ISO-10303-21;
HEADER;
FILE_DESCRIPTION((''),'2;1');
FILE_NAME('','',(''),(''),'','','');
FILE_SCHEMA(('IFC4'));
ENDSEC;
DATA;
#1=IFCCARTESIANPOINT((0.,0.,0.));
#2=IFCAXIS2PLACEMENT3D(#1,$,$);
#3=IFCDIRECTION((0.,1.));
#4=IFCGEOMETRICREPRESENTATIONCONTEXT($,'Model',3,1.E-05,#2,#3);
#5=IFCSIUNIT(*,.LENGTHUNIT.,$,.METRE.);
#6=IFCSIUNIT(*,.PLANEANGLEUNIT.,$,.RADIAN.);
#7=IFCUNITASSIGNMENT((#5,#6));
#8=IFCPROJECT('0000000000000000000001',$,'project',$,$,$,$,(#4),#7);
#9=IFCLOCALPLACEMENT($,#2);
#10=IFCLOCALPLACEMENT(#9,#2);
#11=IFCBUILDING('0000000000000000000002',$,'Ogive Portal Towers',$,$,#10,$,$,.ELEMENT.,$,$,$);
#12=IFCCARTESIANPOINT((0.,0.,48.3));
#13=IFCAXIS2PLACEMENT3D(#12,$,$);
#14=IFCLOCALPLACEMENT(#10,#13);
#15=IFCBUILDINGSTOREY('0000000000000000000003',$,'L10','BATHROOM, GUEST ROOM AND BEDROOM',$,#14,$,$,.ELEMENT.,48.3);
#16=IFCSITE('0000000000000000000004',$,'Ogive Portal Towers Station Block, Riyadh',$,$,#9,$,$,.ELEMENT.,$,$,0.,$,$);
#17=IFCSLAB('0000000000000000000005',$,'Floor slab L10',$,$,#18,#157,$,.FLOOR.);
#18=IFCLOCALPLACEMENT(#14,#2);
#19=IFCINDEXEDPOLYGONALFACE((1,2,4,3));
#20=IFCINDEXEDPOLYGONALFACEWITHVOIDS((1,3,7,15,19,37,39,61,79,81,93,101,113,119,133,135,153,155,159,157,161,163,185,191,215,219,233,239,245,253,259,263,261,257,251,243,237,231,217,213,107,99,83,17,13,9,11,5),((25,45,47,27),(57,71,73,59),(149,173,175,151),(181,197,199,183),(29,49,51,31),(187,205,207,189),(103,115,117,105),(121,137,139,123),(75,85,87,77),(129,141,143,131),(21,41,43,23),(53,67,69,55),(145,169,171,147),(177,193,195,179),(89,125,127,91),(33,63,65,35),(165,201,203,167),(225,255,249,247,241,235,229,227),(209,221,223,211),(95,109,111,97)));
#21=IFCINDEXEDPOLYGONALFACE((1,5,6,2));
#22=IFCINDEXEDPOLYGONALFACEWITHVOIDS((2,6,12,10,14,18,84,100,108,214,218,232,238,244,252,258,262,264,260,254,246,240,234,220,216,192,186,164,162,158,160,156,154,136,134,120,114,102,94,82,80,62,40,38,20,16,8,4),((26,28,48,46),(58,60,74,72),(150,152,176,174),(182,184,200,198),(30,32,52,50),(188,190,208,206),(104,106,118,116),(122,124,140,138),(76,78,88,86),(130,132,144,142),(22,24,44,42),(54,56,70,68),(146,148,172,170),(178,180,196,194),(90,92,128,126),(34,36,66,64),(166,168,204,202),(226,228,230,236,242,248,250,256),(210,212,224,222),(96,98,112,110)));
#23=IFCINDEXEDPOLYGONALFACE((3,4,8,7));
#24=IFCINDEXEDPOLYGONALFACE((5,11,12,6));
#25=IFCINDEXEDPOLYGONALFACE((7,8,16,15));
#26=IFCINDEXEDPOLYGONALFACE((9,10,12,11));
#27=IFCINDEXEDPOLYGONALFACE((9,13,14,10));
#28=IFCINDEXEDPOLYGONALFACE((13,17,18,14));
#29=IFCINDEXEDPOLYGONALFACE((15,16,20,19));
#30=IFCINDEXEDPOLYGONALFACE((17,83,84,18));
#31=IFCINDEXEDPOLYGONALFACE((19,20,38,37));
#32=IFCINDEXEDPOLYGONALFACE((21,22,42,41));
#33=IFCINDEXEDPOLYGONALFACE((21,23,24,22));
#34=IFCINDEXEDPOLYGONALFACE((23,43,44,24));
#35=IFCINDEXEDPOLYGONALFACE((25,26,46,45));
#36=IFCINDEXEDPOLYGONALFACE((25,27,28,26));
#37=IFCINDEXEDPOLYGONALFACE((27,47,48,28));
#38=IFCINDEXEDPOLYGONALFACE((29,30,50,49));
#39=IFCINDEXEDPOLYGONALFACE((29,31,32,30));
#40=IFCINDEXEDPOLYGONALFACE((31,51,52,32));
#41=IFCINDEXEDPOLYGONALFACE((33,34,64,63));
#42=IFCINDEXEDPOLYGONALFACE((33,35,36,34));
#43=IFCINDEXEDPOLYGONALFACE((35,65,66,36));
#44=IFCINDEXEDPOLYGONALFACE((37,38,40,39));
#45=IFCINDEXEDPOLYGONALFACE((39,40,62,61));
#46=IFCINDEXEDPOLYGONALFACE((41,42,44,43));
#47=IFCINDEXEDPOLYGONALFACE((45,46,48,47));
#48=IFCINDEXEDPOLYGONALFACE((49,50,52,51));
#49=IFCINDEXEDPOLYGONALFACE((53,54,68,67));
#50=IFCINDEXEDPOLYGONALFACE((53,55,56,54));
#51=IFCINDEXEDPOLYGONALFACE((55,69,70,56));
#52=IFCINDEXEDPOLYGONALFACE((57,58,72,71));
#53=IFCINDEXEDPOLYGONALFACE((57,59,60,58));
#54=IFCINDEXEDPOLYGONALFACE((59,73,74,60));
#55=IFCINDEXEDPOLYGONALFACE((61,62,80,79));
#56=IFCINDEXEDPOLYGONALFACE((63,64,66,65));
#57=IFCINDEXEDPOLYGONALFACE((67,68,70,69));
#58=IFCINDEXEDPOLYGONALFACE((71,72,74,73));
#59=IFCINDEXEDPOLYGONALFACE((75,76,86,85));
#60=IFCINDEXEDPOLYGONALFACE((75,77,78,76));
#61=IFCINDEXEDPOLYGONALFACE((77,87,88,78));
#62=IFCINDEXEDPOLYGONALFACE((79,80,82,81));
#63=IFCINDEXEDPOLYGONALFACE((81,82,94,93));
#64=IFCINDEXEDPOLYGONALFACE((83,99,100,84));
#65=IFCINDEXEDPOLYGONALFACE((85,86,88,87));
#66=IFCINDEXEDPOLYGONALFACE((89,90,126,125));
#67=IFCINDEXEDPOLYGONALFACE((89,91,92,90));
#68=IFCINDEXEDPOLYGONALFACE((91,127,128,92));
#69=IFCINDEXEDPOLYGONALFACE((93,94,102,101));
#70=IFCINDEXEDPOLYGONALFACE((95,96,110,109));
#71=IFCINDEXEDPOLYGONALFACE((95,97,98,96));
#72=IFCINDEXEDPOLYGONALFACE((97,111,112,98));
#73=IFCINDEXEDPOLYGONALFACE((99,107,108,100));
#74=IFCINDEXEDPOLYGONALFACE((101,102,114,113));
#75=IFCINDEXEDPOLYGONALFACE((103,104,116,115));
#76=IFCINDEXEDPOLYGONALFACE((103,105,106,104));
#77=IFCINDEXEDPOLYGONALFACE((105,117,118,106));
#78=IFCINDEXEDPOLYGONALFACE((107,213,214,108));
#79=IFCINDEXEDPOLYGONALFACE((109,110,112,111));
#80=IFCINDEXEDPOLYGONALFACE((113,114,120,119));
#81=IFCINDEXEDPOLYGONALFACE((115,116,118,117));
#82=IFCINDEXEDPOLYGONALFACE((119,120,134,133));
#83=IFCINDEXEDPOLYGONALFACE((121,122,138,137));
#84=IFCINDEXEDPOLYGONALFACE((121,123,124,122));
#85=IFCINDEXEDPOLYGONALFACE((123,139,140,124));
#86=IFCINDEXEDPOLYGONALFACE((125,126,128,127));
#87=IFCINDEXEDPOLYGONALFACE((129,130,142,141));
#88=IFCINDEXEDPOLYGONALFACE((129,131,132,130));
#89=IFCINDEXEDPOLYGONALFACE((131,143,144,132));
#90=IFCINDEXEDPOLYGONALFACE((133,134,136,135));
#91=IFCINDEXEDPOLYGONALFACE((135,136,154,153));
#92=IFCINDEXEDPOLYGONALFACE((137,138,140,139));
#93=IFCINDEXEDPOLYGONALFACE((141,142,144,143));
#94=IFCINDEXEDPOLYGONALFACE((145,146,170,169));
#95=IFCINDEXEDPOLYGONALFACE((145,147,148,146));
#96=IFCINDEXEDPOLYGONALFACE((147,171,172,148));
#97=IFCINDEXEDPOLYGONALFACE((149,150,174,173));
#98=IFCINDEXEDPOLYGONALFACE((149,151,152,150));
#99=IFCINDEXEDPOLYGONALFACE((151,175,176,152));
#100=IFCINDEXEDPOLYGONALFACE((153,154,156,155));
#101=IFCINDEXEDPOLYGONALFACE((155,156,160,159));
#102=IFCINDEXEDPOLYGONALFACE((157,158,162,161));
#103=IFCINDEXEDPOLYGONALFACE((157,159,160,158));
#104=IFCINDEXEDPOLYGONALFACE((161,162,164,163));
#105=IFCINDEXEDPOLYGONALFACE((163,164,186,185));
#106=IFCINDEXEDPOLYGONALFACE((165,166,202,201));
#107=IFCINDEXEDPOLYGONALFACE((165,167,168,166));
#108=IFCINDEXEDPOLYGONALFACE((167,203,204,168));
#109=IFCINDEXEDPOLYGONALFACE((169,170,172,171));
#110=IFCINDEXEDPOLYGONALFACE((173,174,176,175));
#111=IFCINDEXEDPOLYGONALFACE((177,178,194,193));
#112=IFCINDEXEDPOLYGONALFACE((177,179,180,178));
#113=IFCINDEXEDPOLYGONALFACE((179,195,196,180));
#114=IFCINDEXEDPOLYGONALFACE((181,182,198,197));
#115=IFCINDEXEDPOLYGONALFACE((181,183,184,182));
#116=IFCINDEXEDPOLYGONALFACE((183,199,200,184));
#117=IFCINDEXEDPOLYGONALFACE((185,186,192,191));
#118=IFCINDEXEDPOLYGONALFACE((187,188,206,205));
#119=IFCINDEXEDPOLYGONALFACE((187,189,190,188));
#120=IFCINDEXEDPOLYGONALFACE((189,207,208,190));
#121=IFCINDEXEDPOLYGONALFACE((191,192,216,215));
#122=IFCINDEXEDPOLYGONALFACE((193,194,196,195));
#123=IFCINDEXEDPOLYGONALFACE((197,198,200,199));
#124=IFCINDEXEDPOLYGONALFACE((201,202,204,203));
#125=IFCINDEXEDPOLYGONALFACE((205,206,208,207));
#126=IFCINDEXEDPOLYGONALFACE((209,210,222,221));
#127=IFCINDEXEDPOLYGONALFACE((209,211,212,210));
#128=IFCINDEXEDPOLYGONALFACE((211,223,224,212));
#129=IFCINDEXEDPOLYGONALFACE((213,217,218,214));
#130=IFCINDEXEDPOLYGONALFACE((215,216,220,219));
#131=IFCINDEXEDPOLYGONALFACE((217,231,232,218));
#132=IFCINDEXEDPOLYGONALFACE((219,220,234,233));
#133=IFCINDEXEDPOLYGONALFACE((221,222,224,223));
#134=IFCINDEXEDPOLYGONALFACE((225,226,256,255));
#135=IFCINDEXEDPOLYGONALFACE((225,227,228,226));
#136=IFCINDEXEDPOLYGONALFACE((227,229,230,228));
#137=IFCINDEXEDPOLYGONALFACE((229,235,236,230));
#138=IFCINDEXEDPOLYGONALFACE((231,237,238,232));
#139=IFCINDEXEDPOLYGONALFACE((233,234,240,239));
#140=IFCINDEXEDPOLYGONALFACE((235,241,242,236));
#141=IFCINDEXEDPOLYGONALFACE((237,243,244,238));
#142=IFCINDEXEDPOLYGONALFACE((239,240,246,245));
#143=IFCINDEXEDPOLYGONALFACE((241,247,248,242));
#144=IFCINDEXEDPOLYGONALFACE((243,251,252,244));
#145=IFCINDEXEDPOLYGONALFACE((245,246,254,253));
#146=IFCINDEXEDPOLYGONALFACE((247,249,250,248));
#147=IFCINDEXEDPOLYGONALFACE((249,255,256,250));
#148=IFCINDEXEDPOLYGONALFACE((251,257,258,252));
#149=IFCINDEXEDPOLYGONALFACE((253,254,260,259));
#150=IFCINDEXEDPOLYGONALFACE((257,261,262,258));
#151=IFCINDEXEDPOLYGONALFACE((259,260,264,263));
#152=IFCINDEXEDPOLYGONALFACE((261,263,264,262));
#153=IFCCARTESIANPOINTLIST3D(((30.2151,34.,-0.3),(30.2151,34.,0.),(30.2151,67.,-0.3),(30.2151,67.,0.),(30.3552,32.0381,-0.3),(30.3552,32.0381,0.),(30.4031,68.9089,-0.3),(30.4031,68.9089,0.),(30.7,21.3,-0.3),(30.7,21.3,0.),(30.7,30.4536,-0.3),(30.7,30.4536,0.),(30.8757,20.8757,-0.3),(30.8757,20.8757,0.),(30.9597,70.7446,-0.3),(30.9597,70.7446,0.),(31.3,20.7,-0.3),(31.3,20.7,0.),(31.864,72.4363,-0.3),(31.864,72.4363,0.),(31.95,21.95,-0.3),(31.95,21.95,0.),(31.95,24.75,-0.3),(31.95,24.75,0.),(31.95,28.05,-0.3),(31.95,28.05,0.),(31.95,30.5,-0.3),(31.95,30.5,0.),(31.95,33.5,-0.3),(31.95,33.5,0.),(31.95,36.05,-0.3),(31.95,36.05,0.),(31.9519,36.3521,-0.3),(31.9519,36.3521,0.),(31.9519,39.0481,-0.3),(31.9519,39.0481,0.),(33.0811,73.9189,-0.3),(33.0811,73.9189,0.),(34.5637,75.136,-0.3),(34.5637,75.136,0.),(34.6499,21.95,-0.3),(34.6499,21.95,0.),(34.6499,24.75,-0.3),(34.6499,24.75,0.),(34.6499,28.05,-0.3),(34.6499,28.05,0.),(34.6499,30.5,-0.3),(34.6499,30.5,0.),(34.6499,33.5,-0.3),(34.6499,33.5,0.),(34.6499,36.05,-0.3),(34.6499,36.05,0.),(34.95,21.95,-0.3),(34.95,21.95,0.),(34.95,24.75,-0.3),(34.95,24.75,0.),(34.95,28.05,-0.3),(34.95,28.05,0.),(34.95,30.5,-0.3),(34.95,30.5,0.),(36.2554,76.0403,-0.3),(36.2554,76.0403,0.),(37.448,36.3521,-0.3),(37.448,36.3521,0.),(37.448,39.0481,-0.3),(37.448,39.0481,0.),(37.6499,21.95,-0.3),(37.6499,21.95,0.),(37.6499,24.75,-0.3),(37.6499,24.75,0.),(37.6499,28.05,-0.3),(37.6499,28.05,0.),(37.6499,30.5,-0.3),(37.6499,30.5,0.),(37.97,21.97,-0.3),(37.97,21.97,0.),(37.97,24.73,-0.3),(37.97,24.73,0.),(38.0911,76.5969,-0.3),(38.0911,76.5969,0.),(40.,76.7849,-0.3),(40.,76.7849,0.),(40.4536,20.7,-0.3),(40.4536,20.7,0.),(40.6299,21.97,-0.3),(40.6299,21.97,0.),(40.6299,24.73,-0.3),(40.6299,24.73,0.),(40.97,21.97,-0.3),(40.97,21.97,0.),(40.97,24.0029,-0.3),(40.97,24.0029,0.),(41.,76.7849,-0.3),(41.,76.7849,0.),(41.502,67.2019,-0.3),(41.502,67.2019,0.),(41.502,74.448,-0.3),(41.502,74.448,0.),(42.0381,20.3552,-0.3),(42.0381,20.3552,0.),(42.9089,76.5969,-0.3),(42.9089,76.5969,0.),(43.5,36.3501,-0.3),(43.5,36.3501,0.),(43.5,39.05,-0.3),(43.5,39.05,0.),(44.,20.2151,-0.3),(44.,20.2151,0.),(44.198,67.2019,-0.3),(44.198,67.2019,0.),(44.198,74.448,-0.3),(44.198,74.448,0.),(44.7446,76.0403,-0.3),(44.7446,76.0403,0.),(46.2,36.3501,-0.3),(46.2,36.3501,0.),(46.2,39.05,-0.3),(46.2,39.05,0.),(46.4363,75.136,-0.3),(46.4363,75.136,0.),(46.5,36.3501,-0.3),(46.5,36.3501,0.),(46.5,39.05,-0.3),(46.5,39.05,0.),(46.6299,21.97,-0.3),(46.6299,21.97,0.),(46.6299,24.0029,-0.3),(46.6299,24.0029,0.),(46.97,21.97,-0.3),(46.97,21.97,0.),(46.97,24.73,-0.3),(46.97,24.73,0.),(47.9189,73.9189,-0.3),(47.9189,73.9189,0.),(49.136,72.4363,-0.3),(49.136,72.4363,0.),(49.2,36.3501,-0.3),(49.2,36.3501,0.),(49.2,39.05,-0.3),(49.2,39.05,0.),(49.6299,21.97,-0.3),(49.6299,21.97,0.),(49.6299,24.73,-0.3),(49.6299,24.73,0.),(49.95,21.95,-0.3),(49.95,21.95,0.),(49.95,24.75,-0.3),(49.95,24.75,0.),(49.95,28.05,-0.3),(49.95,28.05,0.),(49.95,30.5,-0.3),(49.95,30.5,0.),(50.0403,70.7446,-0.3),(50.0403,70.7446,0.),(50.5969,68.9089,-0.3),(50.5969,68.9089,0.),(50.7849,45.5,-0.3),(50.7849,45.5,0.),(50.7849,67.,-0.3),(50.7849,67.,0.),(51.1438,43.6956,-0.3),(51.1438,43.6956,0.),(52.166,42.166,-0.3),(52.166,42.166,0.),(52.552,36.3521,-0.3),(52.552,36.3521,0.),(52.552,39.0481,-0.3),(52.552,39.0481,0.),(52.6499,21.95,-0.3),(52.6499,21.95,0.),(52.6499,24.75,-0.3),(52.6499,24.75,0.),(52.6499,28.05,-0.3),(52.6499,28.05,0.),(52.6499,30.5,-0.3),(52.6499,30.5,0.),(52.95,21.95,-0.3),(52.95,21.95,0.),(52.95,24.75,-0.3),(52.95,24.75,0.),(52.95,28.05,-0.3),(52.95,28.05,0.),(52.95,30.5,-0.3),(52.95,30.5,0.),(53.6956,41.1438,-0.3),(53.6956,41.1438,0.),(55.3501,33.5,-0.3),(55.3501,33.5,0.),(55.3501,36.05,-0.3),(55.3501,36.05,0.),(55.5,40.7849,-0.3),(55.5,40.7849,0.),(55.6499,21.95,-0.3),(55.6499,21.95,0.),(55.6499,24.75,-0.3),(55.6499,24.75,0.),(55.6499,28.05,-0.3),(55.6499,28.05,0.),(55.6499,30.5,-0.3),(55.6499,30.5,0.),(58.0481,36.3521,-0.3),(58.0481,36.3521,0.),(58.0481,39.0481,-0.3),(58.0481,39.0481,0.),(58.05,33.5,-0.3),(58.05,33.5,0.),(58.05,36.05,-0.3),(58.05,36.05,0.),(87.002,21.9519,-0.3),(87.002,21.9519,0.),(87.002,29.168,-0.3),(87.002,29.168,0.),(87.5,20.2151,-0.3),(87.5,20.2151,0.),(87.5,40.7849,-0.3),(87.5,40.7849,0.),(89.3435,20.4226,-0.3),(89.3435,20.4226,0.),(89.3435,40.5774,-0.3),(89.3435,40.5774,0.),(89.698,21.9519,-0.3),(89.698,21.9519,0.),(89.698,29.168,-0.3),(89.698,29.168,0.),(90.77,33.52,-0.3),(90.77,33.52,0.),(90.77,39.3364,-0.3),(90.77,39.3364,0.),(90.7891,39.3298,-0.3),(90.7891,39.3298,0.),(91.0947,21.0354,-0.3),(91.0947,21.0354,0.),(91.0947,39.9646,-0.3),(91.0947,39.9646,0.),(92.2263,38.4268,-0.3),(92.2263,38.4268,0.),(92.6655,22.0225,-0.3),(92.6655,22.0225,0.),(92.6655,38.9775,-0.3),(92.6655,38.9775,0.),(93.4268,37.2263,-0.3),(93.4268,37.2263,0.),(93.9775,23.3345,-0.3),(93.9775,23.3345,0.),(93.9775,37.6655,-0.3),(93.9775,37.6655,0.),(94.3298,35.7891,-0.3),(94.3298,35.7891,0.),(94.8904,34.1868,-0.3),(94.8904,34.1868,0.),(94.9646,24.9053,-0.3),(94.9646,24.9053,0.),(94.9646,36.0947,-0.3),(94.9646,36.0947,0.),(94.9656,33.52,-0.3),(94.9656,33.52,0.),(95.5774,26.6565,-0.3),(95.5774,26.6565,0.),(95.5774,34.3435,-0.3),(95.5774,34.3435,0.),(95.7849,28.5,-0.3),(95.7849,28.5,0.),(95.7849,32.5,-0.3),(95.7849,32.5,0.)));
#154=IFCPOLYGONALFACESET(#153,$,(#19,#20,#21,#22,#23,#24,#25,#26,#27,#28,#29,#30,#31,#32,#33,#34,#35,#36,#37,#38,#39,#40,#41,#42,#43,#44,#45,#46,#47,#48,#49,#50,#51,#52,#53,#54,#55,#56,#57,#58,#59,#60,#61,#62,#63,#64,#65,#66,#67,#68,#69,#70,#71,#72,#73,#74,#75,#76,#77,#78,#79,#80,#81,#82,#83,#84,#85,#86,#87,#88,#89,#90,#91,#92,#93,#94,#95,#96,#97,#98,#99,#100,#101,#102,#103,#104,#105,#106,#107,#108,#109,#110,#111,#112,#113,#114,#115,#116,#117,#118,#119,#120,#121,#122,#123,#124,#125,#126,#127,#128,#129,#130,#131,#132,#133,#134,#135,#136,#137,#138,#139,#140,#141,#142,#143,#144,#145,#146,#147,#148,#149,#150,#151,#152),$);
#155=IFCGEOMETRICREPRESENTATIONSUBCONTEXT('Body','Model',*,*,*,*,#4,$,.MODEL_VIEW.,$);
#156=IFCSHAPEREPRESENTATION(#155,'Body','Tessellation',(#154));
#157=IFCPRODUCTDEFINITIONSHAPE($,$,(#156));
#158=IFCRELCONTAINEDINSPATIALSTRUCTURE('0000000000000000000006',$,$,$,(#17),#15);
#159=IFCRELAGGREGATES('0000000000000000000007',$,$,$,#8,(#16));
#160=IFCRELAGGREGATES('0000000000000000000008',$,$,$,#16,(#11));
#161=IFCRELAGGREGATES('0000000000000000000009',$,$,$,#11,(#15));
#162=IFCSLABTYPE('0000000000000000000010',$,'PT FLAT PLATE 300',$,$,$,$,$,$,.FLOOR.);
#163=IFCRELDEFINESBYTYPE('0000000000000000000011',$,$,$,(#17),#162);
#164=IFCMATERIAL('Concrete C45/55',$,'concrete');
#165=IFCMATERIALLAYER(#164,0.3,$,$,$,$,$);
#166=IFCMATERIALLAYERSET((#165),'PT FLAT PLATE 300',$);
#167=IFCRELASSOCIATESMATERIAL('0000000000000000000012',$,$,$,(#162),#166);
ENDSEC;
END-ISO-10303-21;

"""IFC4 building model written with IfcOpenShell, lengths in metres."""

from ifc_helpers import new_model, si_unit, direction, frame, origin, place, context, subcontext, project, spatial, polyline, outline, extrude, material, layer, layer_set, type_object, element, save


model = new_model("IFC4")

# Units and contexts
model_context = context("Model", 3, precision=1e-05, world=origin(), true_north=direction((0.0, 1.0)))
body_context = subcontext(model_context, "Body", "Model", "MODEL_VIEW")
ifc_project = project(units=[si_unit("LENGTHUNIT", "METRE"), si_unit("PLANEANGLEUNIT", "RADIAN")], contexts=[model_context])

# Site, building, storey
site_placement = place(None, origin())
site = spatial("IfcSite", under=ifc_project, at=site_placement, Name="Ogive Portal Towers Station Block, Riyadh", CompositionType="ELEMENT", RefElevation=0.0)
building_placement = place(site_placement, origin())
building = spatial("IfcBuilding", under=site, at=building_placement, Name="Ogive Portal Towers", CompositionType="ELEMENT")
storey_placement = place(building_placement, frame((0.0, 0.0, 48.3)))
storey = spatial("IfcBuildingStorey", under=building, at=storey_placement, Name="L10", Description="BATHROOM, GUEST ROOM AND BEDROOM", CompositionType="ELEMENT", Elevation=48.3)

# Slab
ifc_material_1 = material(Name="Concrete C45/55", Category="concrete")
ifc_layer_1 = layer(ifc_material_1, 0.3)
ifc_layer_set_1 = layer_set([ifc_layer_1], Name="PT FLAT PLATE 300")
slab_type_1 = type_object("IfcSlabType", Name="PT FLAT PLATE 300", PredefinedType="FLOOR", material=ifc_layer_set_1)
slab_1_placement = place(storey_placement, frame((0.0, 0.0, -0.3)))
element("IfcSlab", 1, at=slab_1_placement, inside=storey, type_object=slab_type_1, Name="Floor slab L10", PredefinedType="FLOOR", context=body_context, shape_type="SweptSolid", body=[
    extrude(outline(polyline([(30.2151, 34.0), (30.3552, 32.0381), (30.7, 30.4536), (30.7, 21.3), (30.8757, 20.8757), (31.3, 20.7), (40.4536, 20.7), (42.0381, 20.3552), (44.0, 20.2151), (87.5, 20.2151), (89.3435, 20.4226), (91.0947, 21.0354), (92.6655, 22.0225), (93.9775, 23.3345), (94.9646, 24.9053), (95.5774, 26.6565), (95.7849, 28.5), (95.7849, 32.5), (95.5774, 34.3435), (94.9646, 36.0947), (93.9775, 37.6655), (92.6655, 38.9775), (91.0947, 39.9646), (89.3435, 40.5774), (87.5, 40.7849), (55.5, 40.7849), (53.6956, 41.1438), (52.166, 42.166), (51.1438, 43.6956), (50.7849, 45.5), (50.7849, 67.0), (50.5969, 68.9089), (50.0403, 70.7446), (49.136, 72.4363), (47.9189, 73.9189), (46.4363, 75.136), (44.7446, 76.0403), (42.9089, 76.5969), (41.0, 76.7849), (40.0, 76.7849), (38.0911, 76.5969), (36.2554, 76.0403), (34.5637, 75.136), (33.0811, 73.9189), (31.864, 72.4363), (30.9597, 70.7446), (30.4031, 68.9089), (30.2151, 67.0), (30.2151, 34.0)]), holes=[polyline([(46.6299, 21.97), (40.97, 21.97), (40.97, 24.0029), (46.6299, 24.0029), (46.6299, 21.97)]), polyline([(34.6499, 24.75), (34.6499, 21.95), (31.95, 21.95), (31.95, 24.75), (34.6499, 24.75)]), polyline([(37.6499, 24.75), (37.6499, 21.95), (34.95, 21.95), (34.95, 24.75), (37.6499, 24.75)]), polyline([(37.97, 21.97), (37.97, 24.73), (40.6299, 24.73), (40.6299, 21.97), (37.97, 21.97)]), polyline([(34.6499, 28.05), (31.95, 28.05), (31.95, 30.5), (34.6499, 30.5), (34.6499, 28.05)]), polyline([(37.6499, 30.5), (37.6499, 28.05), (34.95, 28.05), (34.95, 30.5), (37.6499, 30.5)]), polyline([(34.6499, 33.5), (31.95, 33.5), (31.95, 36.05), (34.6499, 36.05), (34.6499, 33.5)]), polyline([(37.448, 39.0481), (37.448, 36.3521), (31.9519, 36.3521), (31.9519, 39.0481), (37.448, 39.0481)]), polyline([(46.2, 39.05), (46.2, 36.3501), (43.5, 36.3501), (43.5, 39.05), (46.2, 39.05)]), polyline([(49.2, 36.3501), (46.5, 36.3501), (46.5, 39.05), (49.2, 39.05), (49.2, 36.3501)]), polyline([(44.198, 67.2019), (41.502, 67.2019), (41.502, 74.448), (44.198, 74.448), (44.198, 67.2019)]), polyline([(49.6299, 21.97), (46.97, 21.97), (46.97, 24.73), (49.6299, 24.73), (49.6299, 21.97)]), polyline([(52.6499, 24.75), (52.6499, 21.95), (49.95, 21.95), (49.95, 24.75), (52.6499, 24.75)]), polyline([(55.6499, 21.95), (52.95, 21.95), (52.95, 24.75), (55.6499, 24.75), (55.6499, 21.95)]), polyline([(87.002, 29.168), (89.698, 29.168), (89.698, 21.9519), (87.002, 21.9519), (87.002, 29.168)]), polyline([(52.6499, 30.5), (52.6499, 28.05), (49.95, 28.05), (49.95, 30.5), (52.6499, 30.5)]), polyline([(55.6499, 28.05), (52.95, 28.05), (52.95, 30.5), (55.6499, 30.5), (55.6499, 28.05)]), polyline([(58.05, 36.05), (58.05, 33.5), (55.3501, 33.5), (55.3501, 36.05), (58.05, 36.05)]), polyline([(94.3298, 35.7891), (94.8904, 34.1868), (94.9656, 33.52), (90.77, 33.52), (90.77, 39.3364), (90.7891, 39.3298), (92.2263, 38.4268), (93.4268, 37.2263), (94.3298, 35.7891)]), polyline([(52.552, 36.3521), (52.552, 39.0481), (58.0481, 39.0481), (58.0481, 36.3521), (52.552, 36.3521)])]), origin(), (0.0, 0.0, 1.0), 0.3),
])

save(model, "model.ifc")
